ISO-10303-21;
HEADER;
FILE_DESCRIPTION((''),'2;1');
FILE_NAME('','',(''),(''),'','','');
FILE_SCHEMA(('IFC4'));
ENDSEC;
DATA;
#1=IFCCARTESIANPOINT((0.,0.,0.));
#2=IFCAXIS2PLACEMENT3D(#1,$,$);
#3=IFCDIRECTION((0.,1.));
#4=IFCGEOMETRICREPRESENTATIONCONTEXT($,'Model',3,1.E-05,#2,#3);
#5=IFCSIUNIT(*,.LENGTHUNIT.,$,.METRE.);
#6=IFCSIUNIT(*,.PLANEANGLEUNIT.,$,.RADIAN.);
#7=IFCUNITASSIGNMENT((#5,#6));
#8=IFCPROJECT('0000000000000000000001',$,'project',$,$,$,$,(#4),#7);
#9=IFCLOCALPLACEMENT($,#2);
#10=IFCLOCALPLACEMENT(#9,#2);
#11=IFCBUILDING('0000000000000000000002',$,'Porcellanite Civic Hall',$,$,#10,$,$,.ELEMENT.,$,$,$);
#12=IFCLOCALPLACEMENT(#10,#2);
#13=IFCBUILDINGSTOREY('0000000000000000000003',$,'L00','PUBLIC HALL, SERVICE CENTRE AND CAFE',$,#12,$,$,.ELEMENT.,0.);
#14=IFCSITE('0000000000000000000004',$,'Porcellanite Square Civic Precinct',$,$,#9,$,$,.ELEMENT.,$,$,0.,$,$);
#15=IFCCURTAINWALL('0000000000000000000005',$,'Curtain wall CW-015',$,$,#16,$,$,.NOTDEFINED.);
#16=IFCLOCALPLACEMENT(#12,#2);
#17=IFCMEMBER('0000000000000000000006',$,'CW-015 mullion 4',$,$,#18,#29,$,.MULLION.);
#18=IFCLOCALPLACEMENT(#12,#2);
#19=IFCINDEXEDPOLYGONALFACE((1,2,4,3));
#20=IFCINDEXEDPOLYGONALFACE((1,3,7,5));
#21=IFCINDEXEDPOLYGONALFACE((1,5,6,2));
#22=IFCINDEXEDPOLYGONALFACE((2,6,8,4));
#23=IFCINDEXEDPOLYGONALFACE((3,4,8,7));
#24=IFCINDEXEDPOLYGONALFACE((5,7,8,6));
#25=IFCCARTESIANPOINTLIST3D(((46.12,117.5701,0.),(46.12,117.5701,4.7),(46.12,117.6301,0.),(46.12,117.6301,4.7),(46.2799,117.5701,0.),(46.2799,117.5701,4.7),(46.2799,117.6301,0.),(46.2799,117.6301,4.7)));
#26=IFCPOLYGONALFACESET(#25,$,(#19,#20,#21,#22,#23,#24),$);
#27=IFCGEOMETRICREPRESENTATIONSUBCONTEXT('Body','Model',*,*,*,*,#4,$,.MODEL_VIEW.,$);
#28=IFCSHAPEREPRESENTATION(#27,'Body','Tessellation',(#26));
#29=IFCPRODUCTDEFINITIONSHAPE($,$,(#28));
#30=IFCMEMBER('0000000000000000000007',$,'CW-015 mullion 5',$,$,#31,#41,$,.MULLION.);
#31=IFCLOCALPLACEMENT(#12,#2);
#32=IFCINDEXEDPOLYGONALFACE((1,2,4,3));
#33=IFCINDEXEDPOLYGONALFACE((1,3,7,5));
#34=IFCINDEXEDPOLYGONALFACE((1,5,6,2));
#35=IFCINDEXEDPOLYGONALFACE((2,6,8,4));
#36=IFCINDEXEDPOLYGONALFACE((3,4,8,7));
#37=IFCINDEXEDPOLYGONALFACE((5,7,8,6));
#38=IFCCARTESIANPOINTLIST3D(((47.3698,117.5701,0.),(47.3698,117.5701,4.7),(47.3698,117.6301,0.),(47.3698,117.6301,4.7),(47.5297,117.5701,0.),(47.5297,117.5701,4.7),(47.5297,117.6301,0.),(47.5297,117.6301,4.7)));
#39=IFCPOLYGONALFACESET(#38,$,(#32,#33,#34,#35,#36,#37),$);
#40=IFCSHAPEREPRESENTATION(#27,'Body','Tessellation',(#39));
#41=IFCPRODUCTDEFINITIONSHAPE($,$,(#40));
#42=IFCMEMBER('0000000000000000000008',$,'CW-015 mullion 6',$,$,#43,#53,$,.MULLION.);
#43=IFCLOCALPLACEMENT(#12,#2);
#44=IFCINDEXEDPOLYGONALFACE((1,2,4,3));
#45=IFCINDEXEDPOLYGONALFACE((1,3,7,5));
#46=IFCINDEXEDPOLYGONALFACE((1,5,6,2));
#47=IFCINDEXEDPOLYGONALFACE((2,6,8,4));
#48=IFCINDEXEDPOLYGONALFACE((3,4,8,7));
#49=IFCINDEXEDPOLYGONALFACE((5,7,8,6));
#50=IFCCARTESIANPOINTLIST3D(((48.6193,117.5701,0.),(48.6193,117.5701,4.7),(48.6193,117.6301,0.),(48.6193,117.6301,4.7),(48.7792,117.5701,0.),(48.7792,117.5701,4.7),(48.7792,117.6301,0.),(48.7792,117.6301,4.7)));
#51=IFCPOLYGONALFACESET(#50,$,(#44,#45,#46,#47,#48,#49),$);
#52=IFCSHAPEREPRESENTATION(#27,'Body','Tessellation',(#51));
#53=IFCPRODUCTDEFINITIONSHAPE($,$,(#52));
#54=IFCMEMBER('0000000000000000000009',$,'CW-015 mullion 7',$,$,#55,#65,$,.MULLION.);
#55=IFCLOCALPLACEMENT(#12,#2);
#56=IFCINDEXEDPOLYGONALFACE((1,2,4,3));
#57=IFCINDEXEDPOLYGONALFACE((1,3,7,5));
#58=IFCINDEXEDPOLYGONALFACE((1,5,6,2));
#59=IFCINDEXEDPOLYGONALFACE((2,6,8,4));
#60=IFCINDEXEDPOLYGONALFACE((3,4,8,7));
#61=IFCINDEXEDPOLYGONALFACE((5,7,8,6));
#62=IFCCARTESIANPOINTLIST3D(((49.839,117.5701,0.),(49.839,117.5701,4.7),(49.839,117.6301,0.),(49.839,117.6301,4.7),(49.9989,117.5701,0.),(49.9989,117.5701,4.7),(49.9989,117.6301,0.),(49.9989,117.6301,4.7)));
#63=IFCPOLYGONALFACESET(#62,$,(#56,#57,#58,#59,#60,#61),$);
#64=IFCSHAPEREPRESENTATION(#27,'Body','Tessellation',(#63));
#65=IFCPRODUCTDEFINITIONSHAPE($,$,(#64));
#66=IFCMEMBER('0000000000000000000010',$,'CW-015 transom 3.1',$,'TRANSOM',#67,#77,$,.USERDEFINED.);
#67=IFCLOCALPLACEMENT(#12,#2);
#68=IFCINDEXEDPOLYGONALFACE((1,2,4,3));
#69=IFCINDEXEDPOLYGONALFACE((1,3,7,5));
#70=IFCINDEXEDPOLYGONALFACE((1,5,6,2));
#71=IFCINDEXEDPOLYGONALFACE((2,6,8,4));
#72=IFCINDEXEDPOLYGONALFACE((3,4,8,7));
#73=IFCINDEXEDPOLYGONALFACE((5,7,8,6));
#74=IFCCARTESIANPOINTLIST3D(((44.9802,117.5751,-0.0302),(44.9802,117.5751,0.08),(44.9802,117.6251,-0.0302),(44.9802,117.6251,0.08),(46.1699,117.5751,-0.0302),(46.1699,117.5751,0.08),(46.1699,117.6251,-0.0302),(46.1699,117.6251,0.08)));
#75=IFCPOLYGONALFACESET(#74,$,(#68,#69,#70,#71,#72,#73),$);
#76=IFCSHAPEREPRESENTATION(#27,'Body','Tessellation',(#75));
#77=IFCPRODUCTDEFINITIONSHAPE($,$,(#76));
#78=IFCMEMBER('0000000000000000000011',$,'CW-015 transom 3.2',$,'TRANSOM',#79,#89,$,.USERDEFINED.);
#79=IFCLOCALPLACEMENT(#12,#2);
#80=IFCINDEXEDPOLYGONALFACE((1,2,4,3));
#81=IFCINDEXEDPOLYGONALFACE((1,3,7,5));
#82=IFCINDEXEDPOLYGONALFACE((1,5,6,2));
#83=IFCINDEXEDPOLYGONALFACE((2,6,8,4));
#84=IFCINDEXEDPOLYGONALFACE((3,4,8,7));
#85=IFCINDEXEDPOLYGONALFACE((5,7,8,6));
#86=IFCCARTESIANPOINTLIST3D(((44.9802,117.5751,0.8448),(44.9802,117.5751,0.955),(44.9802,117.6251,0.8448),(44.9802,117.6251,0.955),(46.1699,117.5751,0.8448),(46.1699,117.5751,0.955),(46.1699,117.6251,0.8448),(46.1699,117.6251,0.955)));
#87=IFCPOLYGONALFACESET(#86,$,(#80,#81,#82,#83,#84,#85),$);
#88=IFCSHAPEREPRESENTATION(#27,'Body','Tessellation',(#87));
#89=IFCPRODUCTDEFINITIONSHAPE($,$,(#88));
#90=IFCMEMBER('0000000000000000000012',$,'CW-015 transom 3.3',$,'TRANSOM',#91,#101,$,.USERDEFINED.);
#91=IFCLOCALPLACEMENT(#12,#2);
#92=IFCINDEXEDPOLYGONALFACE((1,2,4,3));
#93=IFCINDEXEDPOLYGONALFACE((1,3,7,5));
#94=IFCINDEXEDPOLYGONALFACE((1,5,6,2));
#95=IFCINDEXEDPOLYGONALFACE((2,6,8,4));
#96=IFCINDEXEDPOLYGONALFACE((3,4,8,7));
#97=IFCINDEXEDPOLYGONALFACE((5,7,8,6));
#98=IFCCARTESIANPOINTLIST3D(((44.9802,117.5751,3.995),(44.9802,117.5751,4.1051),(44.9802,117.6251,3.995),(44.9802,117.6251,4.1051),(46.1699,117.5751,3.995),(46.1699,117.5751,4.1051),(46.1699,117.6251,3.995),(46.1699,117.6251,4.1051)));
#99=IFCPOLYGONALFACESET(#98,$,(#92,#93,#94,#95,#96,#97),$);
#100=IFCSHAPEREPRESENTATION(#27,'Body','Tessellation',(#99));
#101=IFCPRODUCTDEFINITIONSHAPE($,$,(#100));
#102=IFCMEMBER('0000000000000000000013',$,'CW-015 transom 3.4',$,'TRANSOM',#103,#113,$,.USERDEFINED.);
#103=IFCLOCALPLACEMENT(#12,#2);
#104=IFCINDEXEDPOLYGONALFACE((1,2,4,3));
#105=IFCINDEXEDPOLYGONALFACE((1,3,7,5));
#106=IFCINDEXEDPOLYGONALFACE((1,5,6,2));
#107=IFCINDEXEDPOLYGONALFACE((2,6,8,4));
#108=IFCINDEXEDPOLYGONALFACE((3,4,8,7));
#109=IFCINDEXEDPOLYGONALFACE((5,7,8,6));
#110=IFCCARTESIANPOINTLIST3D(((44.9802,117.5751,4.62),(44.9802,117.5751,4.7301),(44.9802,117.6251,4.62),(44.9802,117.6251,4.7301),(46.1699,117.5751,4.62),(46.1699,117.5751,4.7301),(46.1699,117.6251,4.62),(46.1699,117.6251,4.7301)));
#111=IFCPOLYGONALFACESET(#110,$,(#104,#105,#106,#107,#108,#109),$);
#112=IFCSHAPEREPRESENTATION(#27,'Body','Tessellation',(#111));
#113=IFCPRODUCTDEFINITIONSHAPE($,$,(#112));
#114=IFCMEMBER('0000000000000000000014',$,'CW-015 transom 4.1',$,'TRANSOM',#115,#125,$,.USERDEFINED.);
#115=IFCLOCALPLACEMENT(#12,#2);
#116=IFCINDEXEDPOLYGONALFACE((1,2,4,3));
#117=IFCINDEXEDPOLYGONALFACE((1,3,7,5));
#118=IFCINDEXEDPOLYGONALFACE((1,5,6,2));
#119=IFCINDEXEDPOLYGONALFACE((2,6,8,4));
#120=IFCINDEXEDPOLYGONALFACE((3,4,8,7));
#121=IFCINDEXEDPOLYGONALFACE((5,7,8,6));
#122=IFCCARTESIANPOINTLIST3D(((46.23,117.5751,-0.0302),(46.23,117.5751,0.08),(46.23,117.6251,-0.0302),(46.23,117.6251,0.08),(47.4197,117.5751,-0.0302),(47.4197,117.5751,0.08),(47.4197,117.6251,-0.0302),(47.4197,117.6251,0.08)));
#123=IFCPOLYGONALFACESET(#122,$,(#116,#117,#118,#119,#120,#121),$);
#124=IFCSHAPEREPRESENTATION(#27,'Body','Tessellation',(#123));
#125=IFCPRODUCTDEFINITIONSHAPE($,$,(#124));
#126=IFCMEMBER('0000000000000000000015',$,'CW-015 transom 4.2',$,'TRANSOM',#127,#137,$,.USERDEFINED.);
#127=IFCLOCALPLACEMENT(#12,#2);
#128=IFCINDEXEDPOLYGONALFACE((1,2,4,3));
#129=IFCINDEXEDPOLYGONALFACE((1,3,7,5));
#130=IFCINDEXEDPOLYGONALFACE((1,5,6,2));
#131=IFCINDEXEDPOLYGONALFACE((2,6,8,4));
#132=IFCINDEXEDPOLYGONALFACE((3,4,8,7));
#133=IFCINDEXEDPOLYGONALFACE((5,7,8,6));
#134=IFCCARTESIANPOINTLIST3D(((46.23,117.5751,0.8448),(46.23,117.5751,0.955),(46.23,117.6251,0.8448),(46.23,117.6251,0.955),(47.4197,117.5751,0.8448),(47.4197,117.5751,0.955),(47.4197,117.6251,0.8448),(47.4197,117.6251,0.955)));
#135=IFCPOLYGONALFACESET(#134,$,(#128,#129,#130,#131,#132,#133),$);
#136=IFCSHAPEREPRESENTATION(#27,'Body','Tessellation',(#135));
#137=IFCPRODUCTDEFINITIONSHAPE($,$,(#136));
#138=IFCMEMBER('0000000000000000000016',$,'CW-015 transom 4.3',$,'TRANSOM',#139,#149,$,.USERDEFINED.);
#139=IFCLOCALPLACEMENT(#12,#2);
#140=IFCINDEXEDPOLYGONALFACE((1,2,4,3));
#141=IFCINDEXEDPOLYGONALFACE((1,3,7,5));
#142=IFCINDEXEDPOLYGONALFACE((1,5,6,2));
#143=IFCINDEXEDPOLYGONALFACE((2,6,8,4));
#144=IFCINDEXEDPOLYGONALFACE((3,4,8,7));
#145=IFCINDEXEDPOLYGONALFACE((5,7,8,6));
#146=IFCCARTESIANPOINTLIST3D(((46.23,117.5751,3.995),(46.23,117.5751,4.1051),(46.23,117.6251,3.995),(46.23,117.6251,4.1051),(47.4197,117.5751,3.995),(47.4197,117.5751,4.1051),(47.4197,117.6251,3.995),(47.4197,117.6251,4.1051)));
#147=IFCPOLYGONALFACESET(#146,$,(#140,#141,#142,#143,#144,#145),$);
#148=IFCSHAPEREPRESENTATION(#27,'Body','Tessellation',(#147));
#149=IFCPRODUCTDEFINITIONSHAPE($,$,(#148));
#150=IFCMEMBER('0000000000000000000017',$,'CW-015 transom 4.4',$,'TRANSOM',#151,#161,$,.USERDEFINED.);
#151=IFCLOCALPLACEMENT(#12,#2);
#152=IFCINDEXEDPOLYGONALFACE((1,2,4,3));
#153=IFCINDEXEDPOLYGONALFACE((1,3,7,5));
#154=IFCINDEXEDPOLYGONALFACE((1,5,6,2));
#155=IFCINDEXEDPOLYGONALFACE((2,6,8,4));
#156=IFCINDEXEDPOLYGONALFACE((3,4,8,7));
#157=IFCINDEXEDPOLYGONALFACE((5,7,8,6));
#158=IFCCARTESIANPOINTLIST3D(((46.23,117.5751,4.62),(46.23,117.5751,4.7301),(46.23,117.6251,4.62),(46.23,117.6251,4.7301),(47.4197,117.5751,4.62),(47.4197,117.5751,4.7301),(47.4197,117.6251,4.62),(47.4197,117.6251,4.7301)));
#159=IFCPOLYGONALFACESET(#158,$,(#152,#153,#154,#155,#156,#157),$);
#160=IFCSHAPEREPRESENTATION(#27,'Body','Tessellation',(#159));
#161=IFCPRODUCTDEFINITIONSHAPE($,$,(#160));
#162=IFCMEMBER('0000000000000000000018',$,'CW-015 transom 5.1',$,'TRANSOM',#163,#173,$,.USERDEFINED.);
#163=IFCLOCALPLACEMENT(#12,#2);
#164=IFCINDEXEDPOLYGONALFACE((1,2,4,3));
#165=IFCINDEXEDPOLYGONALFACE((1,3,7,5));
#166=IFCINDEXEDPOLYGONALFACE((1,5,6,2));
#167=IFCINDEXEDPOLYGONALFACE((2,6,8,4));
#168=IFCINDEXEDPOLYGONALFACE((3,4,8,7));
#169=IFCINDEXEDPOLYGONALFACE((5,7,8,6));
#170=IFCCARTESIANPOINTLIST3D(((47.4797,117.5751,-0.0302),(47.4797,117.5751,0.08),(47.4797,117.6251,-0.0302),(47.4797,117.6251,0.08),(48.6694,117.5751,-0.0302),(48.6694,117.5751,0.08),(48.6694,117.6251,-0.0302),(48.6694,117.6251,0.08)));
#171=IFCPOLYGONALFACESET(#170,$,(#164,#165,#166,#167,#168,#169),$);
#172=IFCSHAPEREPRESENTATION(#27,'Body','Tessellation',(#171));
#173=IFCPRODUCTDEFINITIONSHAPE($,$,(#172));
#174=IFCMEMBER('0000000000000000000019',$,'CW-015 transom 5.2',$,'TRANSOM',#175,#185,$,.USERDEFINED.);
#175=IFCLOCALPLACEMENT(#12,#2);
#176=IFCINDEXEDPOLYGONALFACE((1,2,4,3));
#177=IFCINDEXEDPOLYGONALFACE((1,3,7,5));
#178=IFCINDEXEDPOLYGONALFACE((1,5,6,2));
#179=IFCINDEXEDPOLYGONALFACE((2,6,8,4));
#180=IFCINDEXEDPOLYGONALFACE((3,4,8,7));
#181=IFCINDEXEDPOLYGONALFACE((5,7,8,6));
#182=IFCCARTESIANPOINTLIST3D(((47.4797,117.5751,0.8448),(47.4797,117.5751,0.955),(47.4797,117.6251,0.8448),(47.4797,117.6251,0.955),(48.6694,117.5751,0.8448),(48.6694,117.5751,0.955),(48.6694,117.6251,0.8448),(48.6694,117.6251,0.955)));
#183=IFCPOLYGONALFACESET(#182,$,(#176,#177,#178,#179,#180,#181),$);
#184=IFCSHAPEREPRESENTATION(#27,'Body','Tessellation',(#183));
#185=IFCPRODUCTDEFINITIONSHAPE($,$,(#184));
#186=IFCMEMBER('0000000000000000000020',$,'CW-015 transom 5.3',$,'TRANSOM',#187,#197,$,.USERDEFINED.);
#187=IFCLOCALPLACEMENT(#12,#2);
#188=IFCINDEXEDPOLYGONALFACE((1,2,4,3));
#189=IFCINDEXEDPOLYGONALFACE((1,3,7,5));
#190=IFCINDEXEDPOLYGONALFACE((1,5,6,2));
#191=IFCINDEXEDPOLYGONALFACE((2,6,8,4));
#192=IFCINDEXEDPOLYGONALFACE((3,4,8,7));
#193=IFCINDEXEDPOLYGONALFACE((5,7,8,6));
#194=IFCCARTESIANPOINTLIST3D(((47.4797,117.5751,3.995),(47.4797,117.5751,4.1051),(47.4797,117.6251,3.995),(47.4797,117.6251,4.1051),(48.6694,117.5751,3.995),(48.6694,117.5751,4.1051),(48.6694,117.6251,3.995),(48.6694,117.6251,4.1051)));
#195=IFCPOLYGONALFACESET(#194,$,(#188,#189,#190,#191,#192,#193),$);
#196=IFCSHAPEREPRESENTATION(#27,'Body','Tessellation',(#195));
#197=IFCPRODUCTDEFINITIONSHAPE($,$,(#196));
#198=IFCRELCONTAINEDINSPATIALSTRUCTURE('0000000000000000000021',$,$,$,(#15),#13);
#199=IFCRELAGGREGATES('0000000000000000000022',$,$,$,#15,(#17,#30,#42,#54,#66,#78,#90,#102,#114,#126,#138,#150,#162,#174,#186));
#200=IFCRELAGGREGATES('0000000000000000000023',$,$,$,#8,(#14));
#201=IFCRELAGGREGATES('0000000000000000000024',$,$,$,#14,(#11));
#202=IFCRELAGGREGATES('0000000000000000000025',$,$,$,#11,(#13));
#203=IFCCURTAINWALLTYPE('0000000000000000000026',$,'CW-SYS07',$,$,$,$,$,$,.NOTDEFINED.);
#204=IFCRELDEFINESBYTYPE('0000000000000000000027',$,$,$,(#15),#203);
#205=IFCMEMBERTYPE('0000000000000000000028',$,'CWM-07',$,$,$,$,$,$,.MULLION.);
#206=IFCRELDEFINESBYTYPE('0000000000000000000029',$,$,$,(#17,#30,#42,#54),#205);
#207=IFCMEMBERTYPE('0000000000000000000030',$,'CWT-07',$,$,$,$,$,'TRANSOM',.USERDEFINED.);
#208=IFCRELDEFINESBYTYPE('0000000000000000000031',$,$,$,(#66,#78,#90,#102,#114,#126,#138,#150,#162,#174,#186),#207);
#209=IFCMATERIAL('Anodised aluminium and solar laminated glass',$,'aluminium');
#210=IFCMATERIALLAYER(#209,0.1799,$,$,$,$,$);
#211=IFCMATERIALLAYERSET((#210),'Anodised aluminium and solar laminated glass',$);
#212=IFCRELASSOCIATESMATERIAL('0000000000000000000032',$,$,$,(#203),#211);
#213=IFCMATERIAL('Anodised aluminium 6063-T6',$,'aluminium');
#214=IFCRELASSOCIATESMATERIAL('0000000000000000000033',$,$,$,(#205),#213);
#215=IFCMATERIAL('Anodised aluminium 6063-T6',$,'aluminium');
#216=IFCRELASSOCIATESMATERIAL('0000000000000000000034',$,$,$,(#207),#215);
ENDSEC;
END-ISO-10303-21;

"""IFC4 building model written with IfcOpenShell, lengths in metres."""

from ifc_helpers import new_model, si_unit, direction, frame, origin, origin_2d, place, context, subcontext, project, spatial, rectangle, extrude, material, layer, layer_set, material_profile, profile_set, type_object, element, aggregate, save


model = new_model("IFC4")

# Units and contexts
model_context = context("Model", 3, precision=1e-05, world=origin(), true_north=direction((0.0, 1.0)))
body_context = subcontext(model_context, "Body", "Model", "MODEL_VIEW")
ifc_project = project(units=[si_unit("LENGTHUNIT", "METRE"), si_unit("PLANEANGLEUNIT", "RADIAN")], contexts=[model_context])

# Site, building, storey
site_placement = place(None, origin())
site = spatial("IfcSite", under=ifc_project, at=site_placement, Name="Porcellanite Square Civic Precinct", CompositionType="ELEMENT", RefElevation=0.0)
building_placement = place(site_placement, origin())
building = spatial("IfcBuilding", under=site, at=building_placement, Name="Porcellanite Civic Hall", CompositionType="ELEMENT")
storey_placement = place(building_placement, origin())
storey = spatial("IfcBuildingStorey", under=building, at=storey_placement, Name="L00", Description="PUBLIC HALL, SERVICE CENTRE AND CAFE", CompositionType="ELEMENT", Elevation=0.0)

# Curtain wall, members
ifc_material_1 = material(Name="Anodised aluminium and solar laminated glass", Category="aluminium")
ifc_layer_1 = layer(ifc_material_1, 0.1799)
ifc_layer_set_1 = layer_set([ifc_layer_1], Name="Anodised aluminium and solar laminated glass")
curtain_wall_type = type_object("IfcCurtainWallType", Name="CW-SYS07", PredefinedType="NOTDEFINED", material=ifc_layer_set_1)
curtain_wall_placement = place(storey_placement, origin())
curtain_wall = element("IfcCurtainWall", 1, at=curtain_wall_placement, inside=storey, type_object=curtain_wall_type, Name="Curtain wall CW-015", PredefinedType="NOTDEFINED")
ifc_material_2 = material(Name="Anodised aluminium 6063-T6", Category="aluminium")
ifc_material_profile_1 = material_profile(ifc_material_2, rectangle(XDim=0.0601, YDim=0.1599, at=origin_2d()), Name="AL-60x160")
ifc_profile_set_1 = profile_set([ifc_material_profile_1], Name="Anodised aluminium 6063-T6")
member_type_1 = type_object("IfcMemberType", Name="CWM-07", PredefinedType="MULLION", material=ifc_profile_set_1)
member_1_placement = place(storey_placement, frame((46.2, 117.6001, 0.0), z_axis=(0.0, 0.0, 1.0), x_axis=(0.0, 1.0, 0.0)))
member_1 = element("IfcMember", 2, at=member_1_placement, type_object=member_type_1, Name="CW-015 mullion 4", PredefinedType="MULLION", context=body_context, shape_type="SweptSolid", body=[
    extrude(rectangle(XDim=0.0601, YDim=0.1599, at=origin_2d()), origin(), (0.0, 0.0, 1.0), 4.7),
])
member_2_placement = place(storey_placement, frame((47.4497, 117.6001, 0.0), z_axis=(0.0, 0.0, 1.0), x_axis=(0.0, 1.0, 0.0)))
member_2 = element("IfcMember", 3, at=member_2_placement, type_object=member_type_1, Name="CW-015 mullion 5", PredefinedType="MULLION", context=body_context, shape_type="SweptSolid", body=[
    extrude(rectangle(XDim=0.0601, YDim=0.1599, at=origin_2d()), origin(), (0.0, 0.0, 1.0), 4.7),
])
member_3_placement = place(storey_placement, frame((48.6992, 117.6001, 0.0), z_axis=(0.0, 0.0, 1.0), x_axis=(0.0, 1.0, 0.0)))
member_3 = element("IfcMember", 4, at=member_3_placement, type_object=member_type_1, Name="CW-015 mullion 6", PredefinedType="MULLION", context=body_context, shape_type="SweptSolid", body=[
    extrude(rectangle(XDim=0.0601, YDim=0.1599, at=origin_2d()), origin(), (0.0, 0.0, 1.0), 4.7),
])
member_4_placement = place(storey_placement, frame((49.9189, 117.6001, 0.0), z_axis=(0.0, 0.0, 1.0), x_axis=(0.0, 1.0, 0.0)))
member_4 = element("IfcMember", 5, at=member_4_placement, type_object=member_type_1, Name="CW-015 mullion 7", PredefinedType="MULLION", context=body_context, shape_type="SweptSolid", body=[
    extrude(rectangle(XDim=0.0601, YDim=0.1599, at=origin_2d()), origin(), (0.0, 0.0, 1.0), 4.7),
])
ifc_material_3 = material(Name="Anodised aluminium 6063-T6", Category="aluminium")
ifc_material_profile_2 = material_profile(ifc_material_3, rectangle(XDim=0.05, YDim=0.1101, at=origin_2d()), Name="AL-50x110")
ifc_profile_set_2 = profile_set([ifc_material_profile_2], Name="Anodised aluminium 6063-T6")
member_type_2 = type_object("IfcMemberType", Name="CWT-07", ElementType="TRANSOM", PredefinedType="USERDEFINED", material=ifc_profile_set_2)
member_5_placement = place(storey_placement, frame((44.9802, 117.6001, 0.0249), z_axis=(1.0, 0.0, 0.0), x_axis=(0.0, 1.0, 0.0)))
member_5 = element("IfcMember", 6, at=member_5_placement, type_object=member_type_2, Name="CW-015 transom 3.1", ObjectType="TRANSOM", PredefinedType="USERDEFINED", context=body_context, shape_type="SweptSolid", body=[
    extrude(rectangle(XDim=0.05, YDim=0.1101, at=origin_2d()), origin(), (0.0, 0.0, 1.0), 1.1897),
])
member_6_placement = place(storey_placement, frame((44.9802, 117.6001, 0.8999), z_axis=(1.0, 0.0, 0.0), x_axis=(0.0, 1.0, 0.0)))
member_6 = element("IfcMember", 7, at=member_6_placement, type_object=member_type_2, Name="CW-015 transom 3.2", ObjectType="TRANSOM", PredefinedType="USERDEFINED", context=body_context, shape_type="SweptSolid", body=[
    extrude(rectangle(XDim=0.05, YDim=0.1101, at=origin_2d()), origin(), (0.0, 0.0, 1.0), 1.1897),
])
member_7_placement = place(storey_placement, frame((44.9802, 117.6001, 4.05), z_axis=(1.0, 0.0, 0.0), x_axis=(0.0, 1.0, 0.0)))
member_7 = element("IfcMember", 8, at=member_7_placement, type_object=member_type_2, Name="CW-015 transom 3.3", ObjectType="TRANSOM", PredefinedType="USERDEFINED", context=body_context, shape_type="SweptSolid", body=[
    extrude(rectangle(XDim=0.05, YDim=0.1101, at=origin_2d()), origin(), (0.0, 0.0, 1.0), 1.1897),
])
member_8_placement = place(storey_placement, frame((44.9802, 117.6001, 4.675), z_axis=(1.0, 0.0, 0.0), x_axis=(0.0, 1.0, 0.0)))
member_8 = element("IfcMember", 9, at=member_8_placement, type_object=member_type_2, Name="CW-015 transom 3.4", ObjectType="TRANSOM", PredefinedType="USERDEFINED", context=body_context, shape_type="SweptSolid", body=[
    extrude(rectangle(XDim=0.05, YDim=0.1101, at=origin_2d()), origin(), (0.0, 0.0, 1.0), 1.1897),
])
member_9_placement = place(storey_placement, frame((46.23, 117.6001, 0.0249), z_axis=(1.0, 0.0, 0.0), x_axis=(0.0, 1.0, 0.0)))
member_9 = element("IfcMember", 10, at=member_9_placement, type_object=member_type_2, Name="CW-015 transom 4.1", ObjectType="TRANSOM", PredefinedType="USERDEFINED", context=body_context, shape_type="SweptSolid", body=[
    extrude(rectangle(XDim=0.05, YDim=0.1101, at=origin_2d()), origin(), (0.0, 0.0, 1.0), 1.1897),
])
member_10_placement = place(storey_placement, frame((46.23, 117.6001, 0.8999), z_axis=(1.0, 0.0, 0.0), x_axis=(0.0, 1.0, 0.0)))
member_10 = element("IfcMember", 11, at=member_10_placement, type_object=member_type_2, Name="CW-015 transom 4.2", ObjectType="TRANSOM", PredefinedType="USERDEFINED", context=body_context, shape_type="SweptSolid", body=[
    extrude(rectangle(XDim=0.05, YDim=0.1101, at=origin_2d()), origin(), (0.0, 0.0, 1.0), 1.1897),
])
member_11_placement = place(storey_placement, frame((46.23, 117.6001, 4.05), z_axis=(1.0, 0.0, 0.0), x_axis=(0.0, 1.0, 0.0)))
member_11 = element("IfcMember", 12, at=member_11_placement, type_object=member_type_2, Name="CW-015 transom 4.3", ObjectType="TRANSOM", PredefinedType="USERDEFINED", context=body_context, shape_type="SweptSolid", body=[
    extrude(rectangle(XDim=0.05, YDim=0.1101, at=origin_2d()), origin(), (0.0, 0.0, 1.0), 1.1897),
])
member_12_placement = place(storey_placement, frame((46.23, 117.6001, 4.675), z_axis=(1.0, 0.0, 0.0), x_axis=(0.0, 1.0, 0.0)))
member_12 = element("IfcMember", 13, at=member_12_placement, type_object=member_type_2, Name="CW-015 transom 4.4", ObjectType="TRANSOM", PredefinedType="USERDEFINED", context=body_context, shape_type="SweptSolid", body=[
    extrude(rectangle(XDim=0.05, YDim=0.1101, at=origin_2d()), origin(), (0.0, 0.0, 1.0), 1.1897),
])
member_13_placement = place(storey_placement, frame((47.4797, 117.6001, 0.0249), z_axis=(1.0, 0.0, 0.0), x_axis=(0.0, 1.0, 0.0)))
member_13 = element("IfcMember", 14, at=member_13_placement, type_object=member_type_2, Name="CW-015 transom 5.1", ObjectType="TRANSOM", PredefinedType="USERDEFINED", context=body_context, shape_type="SweptSolid", body=[
    extrude(rectangle(XDim=0.05, YDim=0.1101, at=origin_2d()), origin(), (0.0, 0.0, 1.0), 1.1897),
])
member_14_placement = place(storey_placement, frame((47.4797, 117.6001, 0.8999), z_axis=(1.0, 0.0, 0.0), x_axis=(0.0, 1.0, 0.0)))
member_14 = element("IfcMember", 15, at=member_14_placement, type_object=member_type_2, Name="CW-015 transom 5.2", ObjectType="TRANSOM", PredefinedType="USERDEFINED", context=body_context, shape_type="SweptSolid", body=[
    extrude(rectangle(XDim=0.05, YDim=0.1101, at=origin_2d()), origin(), (0.0, 0.0, 1.0), 1.1897),
])
member_15_placement = place(storey_placement, frame((47.4797, 117.6001, 4.05), z_axis=(1.0, 0.0, 0.0), x_axis=(0.0, 1.0, 0.0)))
member_15 = element("IfcMember", 16, at=member_15_placement, type_object=member_type_2, Name="CW-015 transom 5.3", ObjectType="TRANSOM", PredefinedType="USERDEFINED", context=body_context, shape_type="SweptSolid", body=[
    extrude(rectangle(XDim=0.05, YDim=0.1101, at=origin_2d()), origin(), (0.0, 0.0, 1.0), 1.1897),
])
aggregate(curtain_wall, [member_1, member_2, member_3, member_4, member_5, member_6, member_7, member_8, member_9, member_10, member_11, member_12, member_13, member_14, member_15])

save(model, "model.ifc")
